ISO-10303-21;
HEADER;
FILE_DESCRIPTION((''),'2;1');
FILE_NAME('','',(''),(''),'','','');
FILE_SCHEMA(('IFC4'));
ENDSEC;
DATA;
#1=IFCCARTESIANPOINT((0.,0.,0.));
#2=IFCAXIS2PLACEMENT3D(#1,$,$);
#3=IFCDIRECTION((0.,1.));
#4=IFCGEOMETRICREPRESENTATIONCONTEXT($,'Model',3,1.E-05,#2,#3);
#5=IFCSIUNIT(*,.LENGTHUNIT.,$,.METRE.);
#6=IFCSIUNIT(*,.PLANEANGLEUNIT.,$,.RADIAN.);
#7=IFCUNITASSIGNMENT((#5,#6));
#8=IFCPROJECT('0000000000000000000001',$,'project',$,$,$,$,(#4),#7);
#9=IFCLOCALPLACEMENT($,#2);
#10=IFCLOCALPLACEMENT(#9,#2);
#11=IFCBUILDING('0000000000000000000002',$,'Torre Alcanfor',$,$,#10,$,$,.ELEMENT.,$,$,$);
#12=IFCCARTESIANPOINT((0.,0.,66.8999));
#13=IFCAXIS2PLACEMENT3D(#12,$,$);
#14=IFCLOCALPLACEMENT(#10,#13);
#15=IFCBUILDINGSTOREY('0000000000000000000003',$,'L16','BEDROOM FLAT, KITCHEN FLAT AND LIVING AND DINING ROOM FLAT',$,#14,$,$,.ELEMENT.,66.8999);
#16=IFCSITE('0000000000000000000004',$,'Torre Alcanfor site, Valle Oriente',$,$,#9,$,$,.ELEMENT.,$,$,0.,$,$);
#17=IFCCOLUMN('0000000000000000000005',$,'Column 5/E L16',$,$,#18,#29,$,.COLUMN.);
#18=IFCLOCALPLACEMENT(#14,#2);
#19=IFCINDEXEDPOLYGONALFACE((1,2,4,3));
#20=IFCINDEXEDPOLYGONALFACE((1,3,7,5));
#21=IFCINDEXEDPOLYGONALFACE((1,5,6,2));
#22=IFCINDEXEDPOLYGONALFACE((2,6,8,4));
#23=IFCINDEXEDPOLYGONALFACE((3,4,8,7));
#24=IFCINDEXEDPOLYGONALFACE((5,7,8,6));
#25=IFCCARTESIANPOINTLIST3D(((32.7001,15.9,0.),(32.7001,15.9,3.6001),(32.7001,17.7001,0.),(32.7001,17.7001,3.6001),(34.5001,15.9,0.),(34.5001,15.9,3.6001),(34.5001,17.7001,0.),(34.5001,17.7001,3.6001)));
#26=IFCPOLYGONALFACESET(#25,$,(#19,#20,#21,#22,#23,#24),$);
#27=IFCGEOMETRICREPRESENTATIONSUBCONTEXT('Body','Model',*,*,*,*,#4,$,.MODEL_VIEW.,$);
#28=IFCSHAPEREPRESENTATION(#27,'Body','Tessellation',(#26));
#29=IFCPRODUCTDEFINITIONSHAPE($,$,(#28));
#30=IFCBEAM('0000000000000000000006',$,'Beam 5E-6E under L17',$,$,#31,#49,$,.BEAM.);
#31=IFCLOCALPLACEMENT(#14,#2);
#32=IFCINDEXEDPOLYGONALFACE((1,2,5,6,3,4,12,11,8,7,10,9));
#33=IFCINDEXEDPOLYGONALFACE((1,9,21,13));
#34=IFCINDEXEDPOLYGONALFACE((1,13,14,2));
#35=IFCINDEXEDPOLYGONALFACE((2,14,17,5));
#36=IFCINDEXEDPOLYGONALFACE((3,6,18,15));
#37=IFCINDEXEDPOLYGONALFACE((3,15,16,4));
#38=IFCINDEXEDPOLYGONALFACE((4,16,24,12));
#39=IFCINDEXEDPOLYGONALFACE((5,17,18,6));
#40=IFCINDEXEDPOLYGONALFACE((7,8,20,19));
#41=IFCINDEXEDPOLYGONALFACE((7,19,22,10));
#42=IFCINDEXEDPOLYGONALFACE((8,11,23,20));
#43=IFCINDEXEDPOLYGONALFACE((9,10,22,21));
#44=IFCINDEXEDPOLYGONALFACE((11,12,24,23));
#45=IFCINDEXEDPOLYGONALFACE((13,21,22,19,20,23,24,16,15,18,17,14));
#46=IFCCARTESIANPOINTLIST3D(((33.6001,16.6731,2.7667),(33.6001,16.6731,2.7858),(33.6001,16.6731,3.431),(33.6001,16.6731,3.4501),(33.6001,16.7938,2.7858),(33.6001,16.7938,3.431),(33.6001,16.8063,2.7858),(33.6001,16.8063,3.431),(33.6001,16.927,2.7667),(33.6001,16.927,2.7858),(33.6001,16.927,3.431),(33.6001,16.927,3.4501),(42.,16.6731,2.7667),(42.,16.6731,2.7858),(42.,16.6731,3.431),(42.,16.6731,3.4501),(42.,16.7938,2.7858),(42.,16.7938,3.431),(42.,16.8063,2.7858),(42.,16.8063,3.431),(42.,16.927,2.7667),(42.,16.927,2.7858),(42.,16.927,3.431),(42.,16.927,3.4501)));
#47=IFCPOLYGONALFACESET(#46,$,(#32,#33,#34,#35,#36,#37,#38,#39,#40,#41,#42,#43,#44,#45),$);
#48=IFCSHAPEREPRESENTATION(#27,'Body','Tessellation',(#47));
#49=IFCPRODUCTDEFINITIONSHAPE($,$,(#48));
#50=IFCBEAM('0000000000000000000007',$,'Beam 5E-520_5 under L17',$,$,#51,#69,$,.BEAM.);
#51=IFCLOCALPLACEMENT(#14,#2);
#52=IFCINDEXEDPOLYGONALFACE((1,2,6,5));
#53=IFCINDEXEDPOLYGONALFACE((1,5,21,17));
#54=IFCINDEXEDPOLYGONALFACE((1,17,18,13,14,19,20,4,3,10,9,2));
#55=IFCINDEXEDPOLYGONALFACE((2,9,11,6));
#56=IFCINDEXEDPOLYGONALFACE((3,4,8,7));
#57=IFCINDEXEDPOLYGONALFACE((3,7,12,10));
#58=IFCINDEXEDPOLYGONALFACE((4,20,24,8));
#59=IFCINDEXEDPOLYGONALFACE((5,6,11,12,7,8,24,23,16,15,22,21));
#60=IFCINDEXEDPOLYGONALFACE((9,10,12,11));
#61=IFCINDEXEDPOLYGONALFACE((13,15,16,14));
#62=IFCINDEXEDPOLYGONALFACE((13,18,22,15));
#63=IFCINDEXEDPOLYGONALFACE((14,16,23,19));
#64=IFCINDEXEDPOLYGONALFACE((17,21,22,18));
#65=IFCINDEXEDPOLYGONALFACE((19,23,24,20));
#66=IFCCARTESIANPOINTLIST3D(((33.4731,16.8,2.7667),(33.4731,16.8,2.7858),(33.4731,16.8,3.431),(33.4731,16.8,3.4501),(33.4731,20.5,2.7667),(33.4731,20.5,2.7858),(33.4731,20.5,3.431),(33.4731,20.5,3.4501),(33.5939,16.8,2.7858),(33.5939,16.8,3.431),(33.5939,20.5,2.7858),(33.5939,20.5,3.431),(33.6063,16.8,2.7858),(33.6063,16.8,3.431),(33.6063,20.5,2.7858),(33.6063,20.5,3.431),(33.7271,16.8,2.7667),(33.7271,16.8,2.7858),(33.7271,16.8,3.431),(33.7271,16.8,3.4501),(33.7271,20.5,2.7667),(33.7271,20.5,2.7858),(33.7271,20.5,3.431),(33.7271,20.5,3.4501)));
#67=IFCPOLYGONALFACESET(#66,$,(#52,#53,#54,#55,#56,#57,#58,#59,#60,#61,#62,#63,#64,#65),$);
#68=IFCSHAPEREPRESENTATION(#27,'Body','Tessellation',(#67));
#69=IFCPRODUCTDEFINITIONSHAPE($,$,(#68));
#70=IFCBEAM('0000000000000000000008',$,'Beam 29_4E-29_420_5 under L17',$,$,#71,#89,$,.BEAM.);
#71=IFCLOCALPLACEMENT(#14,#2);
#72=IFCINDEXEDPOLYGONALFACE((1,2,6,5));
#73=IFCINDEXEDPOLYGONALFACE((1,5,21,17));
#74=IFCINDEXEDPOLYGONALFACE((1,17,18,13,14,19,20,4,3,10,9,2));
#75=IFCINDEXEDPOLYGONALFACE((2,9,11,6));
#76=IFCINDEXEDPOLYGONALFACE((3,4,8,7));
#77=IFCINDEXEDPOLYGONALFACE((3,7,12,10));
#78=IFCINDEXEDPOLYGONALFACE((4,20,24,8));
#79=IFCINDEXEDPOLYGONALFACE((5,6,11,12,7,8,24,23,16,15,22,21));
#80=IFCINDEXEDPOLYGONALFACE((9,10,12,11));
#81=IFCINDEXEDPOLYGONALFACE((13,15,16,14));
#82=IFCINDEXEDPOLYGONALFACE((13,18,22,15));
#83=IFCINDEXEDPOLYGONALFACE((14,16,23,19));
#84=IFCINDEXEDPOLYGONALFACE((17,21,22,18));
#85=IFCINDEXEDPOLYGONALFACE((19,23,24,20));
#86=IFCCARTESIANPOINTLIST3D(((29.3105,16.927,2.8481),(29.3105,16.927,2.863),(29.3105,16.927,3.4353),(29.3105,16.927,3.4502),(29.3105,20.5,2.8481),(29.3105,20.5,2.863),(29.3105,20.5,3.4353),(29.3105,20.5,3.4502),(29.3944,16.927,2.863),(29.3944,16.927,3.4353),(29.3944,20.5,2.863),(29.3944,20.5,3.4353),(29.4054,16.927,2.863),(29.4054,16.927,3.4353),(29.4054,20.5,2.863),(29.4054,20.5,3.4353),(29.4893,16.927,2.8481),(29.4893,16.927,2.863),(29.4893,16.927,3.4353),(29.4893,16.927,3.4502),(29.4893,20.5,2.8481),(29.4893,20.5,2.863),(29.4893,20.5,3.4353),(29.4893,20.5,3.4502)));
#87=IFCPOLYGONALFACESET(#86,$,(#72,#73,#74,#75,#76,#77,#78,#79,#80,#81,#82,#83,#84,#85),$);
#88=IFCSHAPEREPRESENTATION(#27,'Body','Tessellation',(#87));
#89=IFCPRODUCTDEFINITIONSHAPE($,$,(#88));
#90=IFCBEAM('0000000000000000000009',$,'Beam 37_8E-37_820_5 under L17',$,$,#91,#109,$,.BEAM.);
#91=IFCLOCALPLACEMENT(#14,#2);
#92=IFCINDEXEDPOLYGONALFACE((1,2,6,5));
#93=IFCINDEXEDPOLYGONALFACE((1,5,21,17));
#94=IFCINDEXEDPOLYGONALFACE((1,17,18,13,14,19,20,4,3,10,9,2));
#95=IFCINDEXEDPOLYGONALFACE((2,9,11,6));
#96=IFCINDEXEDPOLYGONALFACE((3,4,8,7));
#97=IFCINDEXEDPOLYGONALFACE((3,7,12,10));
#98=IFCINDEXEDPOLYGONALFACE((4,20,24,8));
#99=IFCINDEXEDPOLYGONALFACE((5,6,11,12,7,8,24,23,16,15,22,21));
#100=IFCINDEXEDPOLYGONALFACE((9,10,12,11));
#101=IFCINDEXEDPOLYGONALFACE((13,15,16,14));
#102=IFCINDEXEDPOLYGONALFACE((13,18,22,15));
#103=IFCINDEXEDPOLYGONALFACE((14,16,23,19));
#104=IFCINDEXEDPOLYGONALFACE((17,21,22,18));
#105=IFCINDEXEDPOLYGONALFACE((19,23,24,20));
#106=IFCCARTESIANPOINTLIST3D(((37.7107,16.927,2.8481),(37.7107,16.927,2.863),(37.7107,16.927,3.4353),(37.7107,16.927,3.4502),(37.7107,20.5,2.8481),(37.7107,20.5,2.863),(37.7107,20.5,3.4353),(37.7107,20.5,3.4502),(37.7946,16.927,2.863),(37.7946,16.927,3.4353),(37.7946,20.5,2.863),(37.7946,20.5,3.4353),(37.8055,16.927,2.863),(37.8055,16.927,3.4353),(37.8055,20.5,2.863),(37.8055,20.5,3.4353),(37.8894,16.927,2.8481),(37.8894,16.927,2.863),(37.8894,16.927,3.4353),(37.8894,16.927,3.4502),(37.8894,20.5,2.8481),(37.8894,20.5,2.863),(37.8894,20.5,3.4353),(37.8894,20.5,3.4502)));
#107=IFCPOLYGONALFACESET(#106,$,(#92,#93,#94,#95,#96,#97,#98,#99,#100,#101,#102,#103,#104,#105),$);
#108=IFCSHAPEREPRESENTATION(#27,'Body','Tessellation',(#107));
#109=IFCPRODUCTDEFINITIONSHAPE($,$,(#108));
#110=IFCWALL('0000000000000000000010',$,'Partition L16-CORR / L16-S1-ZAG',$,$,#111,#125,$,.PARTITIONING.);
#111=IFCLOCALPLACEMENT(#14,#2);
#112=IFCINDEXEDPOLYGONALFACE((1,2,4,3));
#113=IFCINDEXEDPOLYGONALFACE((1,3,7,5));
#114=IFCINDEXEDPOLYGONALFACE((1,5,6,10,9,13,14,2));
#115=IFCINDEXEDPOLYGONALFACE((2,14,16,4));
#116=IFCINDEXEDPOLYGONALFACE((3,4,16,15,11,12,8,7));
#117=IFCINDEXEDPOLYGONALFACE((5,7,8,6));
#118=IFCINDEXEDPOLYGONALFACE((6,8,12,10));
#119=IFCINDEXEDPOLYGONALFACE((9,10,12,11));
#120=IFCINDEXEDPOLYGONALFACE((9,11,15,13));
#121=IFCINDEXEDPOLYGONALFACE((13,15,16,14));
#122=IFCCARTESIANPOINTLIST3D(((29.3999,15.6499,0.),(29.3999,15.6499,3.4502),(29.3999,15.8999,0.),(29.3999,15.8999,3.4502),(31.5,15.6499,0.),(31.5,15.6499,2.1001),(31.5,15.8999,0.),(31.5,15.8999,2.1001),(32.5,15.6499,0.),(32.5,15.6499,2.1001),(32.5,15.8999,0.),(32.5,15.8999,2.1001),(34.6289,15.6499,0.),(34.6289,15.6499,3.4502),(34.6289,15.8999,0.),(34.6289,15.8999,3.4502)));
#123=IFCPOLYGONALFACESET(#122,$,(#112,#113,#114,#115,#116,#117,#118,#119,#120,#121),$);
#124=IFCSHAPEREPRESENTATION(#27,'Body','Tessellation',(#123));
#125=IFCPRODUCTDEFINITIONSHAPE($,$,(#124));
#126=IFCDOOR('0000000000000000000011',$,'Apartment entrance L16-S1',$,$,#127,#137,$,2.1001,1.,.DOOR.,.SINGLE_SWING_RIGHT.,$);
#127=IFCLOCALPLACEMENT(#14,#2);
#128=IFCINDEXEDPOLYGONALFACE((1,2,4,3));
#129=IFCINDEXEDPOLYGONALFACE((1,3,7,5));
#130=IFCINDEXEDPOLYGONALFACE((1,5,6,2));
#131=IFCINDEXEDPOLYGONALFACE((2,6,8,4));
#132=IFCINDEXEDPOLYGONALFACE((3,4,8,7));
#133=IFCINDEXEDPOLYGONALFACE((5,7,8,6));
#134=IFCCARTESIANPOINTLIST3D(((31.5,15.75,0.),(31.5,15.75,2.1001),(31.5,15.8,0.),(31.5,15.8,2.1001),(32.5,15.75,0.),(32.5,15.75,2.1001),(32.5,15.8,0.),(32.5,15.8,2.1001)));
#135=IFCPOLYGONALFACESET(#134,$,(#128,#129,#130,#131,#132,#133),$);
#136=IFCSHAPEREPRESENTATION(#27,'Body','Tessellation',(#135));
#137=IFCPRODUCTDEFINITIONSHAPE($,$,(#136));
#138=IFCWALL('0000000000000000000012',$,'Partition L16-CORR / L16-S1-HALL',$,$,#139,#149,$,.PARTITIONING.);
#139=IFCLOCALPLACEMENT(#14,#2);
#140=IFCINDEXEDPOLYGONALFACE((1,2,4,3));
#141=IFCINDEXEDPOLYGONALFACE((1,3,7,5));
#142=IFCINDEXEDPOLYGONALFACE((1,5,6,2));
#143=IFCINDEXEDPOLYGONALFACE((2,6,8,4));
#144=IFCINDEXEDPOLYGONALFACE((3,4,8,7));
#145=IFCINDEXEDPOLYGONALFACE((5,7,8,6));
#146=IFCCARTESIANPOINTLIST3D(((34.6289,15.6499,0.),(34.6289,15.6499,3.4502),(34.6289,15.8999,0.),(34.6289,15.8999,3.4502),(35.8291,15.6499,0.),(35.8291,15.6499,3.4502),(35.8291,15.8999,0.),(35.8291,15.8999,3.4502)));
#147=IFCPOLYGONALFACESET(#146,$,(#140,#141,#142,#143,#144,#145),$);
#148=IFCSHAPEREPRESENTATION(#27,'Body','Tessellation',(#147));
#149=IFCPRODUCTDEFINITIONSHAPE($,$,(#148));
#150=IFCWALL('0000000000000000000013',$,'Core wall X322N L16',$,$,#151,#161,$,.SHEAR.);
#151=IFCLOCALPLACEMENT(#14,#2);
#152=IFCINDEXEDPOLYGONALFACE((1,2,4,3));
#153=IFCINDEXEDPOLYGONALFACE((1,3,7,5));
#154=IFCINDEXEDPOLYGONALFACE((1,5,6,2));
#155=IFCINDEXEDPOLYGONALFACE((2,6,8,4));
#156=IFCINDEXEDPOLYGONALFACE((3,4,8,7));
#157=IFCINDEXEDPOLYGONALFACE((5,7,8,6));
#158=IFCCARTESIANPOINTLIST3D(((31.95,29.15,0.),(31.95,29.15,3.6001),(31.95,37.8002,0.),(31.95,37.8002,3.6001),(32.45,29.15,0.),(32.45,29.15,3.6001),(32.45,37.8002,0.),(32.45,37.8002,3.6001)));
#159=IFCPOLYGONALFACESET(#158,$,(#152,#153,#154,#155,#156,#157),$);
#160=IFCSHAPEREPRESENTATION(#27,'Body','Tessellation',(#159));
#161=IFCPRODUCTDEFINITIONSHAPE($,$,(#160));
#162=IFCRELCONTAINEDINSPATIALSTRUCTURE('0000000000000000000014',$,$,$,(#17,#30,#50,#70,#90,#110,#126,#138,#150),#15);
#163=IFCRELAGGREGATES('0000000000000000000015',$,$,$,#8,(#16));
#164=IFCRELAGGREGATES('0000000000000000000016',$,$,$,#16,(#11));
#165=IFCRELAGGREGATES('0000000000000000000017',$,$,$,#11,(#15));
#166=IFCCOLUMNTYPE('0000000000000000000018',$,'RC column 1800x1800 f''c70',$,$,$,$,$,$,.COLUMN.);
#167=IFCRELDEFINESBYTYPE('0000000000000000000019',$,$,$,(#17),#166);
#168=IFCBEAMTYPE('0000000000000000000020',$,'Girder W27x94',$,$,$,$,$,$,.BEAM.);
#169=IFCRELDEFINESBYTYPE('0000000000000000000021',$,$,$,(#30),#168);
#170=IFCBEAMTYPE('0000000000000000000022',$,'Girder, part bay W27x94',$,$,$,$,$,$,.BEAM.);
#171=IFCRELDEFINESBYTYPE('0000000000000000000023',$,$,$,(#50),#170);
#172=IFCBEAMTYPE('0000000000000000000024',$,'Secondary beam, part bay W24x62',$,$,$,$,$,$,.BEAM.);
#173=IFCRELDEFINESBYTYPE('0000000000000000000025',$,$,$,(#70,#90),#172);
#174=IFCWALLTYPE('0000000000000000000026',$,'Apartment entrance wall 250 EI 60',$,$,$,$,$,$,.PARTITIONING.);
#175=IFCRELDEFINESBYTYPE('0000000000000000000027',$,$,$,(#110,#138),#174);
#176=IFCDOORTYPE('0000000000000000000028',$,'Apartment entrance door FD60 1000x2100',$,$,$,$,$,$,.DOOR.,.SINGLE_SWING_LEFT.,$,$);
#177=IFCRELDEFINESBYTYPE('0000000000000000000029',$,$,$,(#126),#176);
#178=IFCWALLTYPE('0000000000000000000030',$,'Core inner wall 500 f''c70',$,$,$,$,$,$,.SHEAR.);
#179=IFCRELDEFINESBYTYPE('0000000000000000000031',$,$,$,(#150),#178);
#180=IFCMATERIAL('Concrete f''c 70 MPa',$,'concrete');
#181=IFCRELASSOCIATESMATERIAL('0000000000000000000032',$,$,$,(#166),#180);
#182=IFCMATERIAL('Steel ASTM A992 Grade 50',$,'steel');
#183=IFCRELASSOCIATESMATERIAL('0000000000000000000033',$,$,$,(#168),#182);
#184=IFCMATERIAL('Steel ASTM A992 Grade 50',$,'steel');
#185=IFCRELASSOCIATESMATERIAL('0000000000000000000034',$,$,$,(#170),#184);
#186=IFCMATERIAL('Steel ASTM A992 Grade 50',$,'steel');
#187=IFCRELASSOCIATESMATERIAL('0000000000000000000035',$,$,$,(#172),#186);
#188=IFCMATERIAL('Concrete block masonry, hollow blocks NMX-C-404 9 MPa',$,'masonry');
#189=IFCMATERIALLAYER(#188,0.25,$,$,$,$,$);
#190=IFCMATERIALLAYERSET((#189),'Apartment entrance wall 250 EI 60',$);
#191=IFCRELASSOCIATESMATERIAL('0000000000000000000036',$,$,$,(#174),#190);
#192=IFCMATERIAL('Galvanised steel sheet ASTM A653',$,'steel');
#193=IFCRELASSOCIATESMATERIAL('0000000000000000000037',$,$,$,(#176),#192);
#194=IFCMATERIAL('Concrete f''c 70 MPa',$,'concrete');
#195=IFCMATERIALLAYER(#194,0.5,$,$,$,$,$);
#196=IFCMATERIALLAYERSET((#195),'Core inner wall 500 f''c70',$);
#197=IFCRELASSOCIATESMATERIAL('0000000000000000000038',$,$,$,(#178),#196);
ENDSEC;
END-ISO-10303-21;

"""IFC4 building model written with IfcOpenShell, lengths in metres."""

from ifc_helpers import new_model, si_unit, direction, frame, frame_2d, origin, origin_2d, place, context, subcontext, project, spatial, rectangle, i_section, extrude, material, layer, layer_set, material_profile, profile_set, type_object, element, fill, save


model = new_model("IFC4")

# Units and contexts
model_context = context("Model", 3, precision=1e-05, world=origin(), true_north=direction((0.0, 1.0)))
body_context = subcontext(model_context, "Body", "Model", "MODEL_VIEW")
ifc_project = project(units=[si_unit("LENGTHUNIT", "METRE"), si_unit("PLANEANGLEUNIT", "RADIAN")], contexts=[model_context])

# Site, building, storey
site_placement = place(None, origin())
site = spatial("IfcSite", under=ifc_project, at=site_placement, Name="Torre Alcanfor site, Valle Oriente", CompositionType="ELEMENT", RefElevation=0.0)
building_placement = place(site_placement, origin())
building = spatial("IfcBuilding", under=site, at=building_placement, Name="Torre Alcanfor", CompositionType="ELEMENT")
storey_placement = place(building_placement, frame((0.0, 0.0, 66.8999)))
storey = spatial("IfcBuildingStorey", under=building, at=storey_placement, Name="L16", Description="BEDROOM FLAT, KITCHEN FLAT AND LIVING AND DINING ROOM FLAT", CompositionType="ELEMENT", Elevation=66.8999)

# Column
ifc_material_1 = material(Name="Concrete f'c 70 MPa", Category="concrete")
ifc_material_profile_1 = material_profile(ifc_material_1, rectangle(XDim=1.8, YDim=1.8, at=origin_2d()), Name="1800x1800")
ifc_profile_set_1 = profile_set([ifc_material_profile_1], Name="Concrete f'c 70 MPa")
column_type = type_object("IfcColumnType", Name="RC column 1800x1800 f'c70", PredefinedType="COLUMN", material=ifc_profile_set_1)
column_placement = place(storey_placement, frame((33.6001, 16.8, 0.0), z_axis=(0.0, 0.0, 1.0), x_axis=(1.0, 0.0, 0.0)))
element("IfcColumn", 1, at=column_placement, inside=storey, type_object=column_type, Name="Column 5/E L16", PredefinedType="COLUMN", context=body_context, shape_type="SweptSolid", body=[
    extrude(rectangle(XDim=1.8, YDim=1.8, at=origin_2d()), origin(), (0.0, 0.0, 1.0), 3.6001),
])

# Beams
ifc_material_2 = material(Name="Steel ASTM A992 Grade 50", Category="steel")
ifc_material_profile_2 = material_profile(ifc_material_2, i_section(OverallWidth=0.2539, OverallDepth=0.6833, WebThickness=0.0125, FlangeThickness=0.019, at=origin_2d()), Name="W27x94")
ifc_profile_set_2 = profile_set([ifc_material_profile_2], Name="Steel ASTM A992 Grade 50")
beam_type_1 = type_object("IfcBeamType", Name="Girder W27x94", PredefinedType="BEAM", material=ifc_profile_set_2)
beam_1_placement = place(storey_placement, frame((33.6001, 16.8, 3.1084), z_axis=(1.0, 0.0, 0.0), x_axis=(0.0, 1.0, 0.0)))
element("IfcBeam", 2, at=beam_1_placement, inside=storey, type_object=beam_type_1, Name="Beam 5E-6E under L17", PredefinedType="BEAM", context=body_context, shape_type="SweptSolid", body=[
    extrude(i_section(OverallWidth=0.2539, OverallDepth=0.6833, WebThickness=0.0125, FlangeThickness=0.019, at=origin_2d()), origin(), (0.0, 0.0, 1.0), 8.3999),
])
ifc_material_3 = material(Name="Steel ASTM A992 Grade 50", Category="steel")
ifc_material_profile_3 = material_profile(ifc_material_3, i_section(OverallWidth=0.2539, OverallDepth=0.6833, WebThickness=0.0125, FlangeThickness=0.019, at=origin_2d()), Name="W27x94")
ifc_profile_set_3 = profile_set([ifc_material_profile_3], Name="Steel ASTM A992 Grade 50")
beam_type_2 = type_object("IfcBeamType", Name="Girder, part bay W27x94", PredefinedType="BEAM", material=ifc_profile_set_3)
beam_2_placement = place(storey_placement, frame((33.6001, 16.8, 3.1084), z_axis=(0.0, 1.0, 0.0), x_axis=(-1.0, 0.0, 0.0)))
element("IfcBeam", 3, at=beam_2_placement, inside=storey, type_object=beam_type_2, Name="Beam 5E-520_5 under L17", PredefinedType="BEAM", context=body_context, shape_type="SweptSolid", body=[
    extrude(i_section(OverallWidth=0.2539, OverallDepth=0.6833, WebThickness=0.0125, FlangeThickness=0.019, at=origin_2d()), origin(), (0.0, 0.0, 1.0), 3.7),
])
ifc_material_4 = material(Name="Steel ASTM A992 Grade 50", Category="steel")
ifc_material_profile_4 = material_profile(ifc_material_4, i_section(OverallWidth=0.1787, OverallDepth=0.6021, WebThickness=0.011, FlangeThickness=0.0149, at=origin_2d()), Name="W24x62")
ifc_profile_set_4 = profile_set([ifc_material_profile_4], Name="Steel ASTM A992 Grade 50")
beam_type_3 = type_object("IfcBeamType", Name="Secondary beam, part bay W24x62", PredefinedType="BEAM", material=ifc_profile_set_4)
for number, where, z_axis, x_axis, name in (
    (4, (29.3999, 16.927, 3.1492), (0.0, 1.0, 0.0), (-1.0, 0.0, 0.0), "Beam 29_4E-29_420_5 under L17"),
    (5, (37.8, 16.927, 3.1492), (0.0, 1.0, 0.0), (-1.0, 0.0, 0.0), "Beam 37_8E-37_820_5 under L17"),
):
    element("IfcBeam", number, at=place(storey_placement, frame(where, z_axis=z_axis, x_axis=x_axis)), inside=storey, type_object=beam_type_3, Name=name, PredefinedType="BEAM", context=body_context, shape_type="SweptSolid", body=[
        extrude(i_section(OverallWidth=0.1787, OverallDepth=0.6021, WebThickness=0.011, FlangeThickness=0.0149, at=origin_2d()), origin(), (0.0, 0.0, 1.0), 3.573),
    ])

# Wall, opening, door
ifc_material_5 = material(Name="Concrete block masonry, hollow blocks NMX-C-404 9 MPa", Category="masonry")
ifc_layer_1 = layer(ifc_material_5, 0.25)
ifc_layer_set_1 = layer_set([ifc_layer_1], Name="Apartment entrance wall 250 EI 60")
wall_type_1 = type_object("IfcWallType", Name="Apartment entrance wall 250 EI 60", PredefinedType="PARTITIONING", material=ifc_layer_set_1)
wall_1_placement = place(storey_placement, frame((34.6289, 15.7749, 0.0), z_axis=(0.0, 0.0, 1.0), x_axis=(-1.0, 0.0, 0.0)))
wall_1 = element("IfcWall", 6, at=wall_1_placement, inside=storey, type_object=wall_type_1, Name="Partition L16-CORR / L16-S1-ZAG", PredefinedType="PARTITIONING", context=body_context, shape_type="SweptSolid", body=[
    extrude(rectangle(XDim=5.229, YDim=0.25, at=frame_2d((2.6145, 0.0))), origin(), (0.0, 0.0, 1.0), 3.4502),
])
opening_1_placement = place(wall_1_placement, frame((2.1289, 0.0, 0.0)))
opening_1 = element("IfcOpeningElement", 7, at=opening_1_placement, cuts=wall_1, PredefinedType="OPENING", context=body_context, shape_type="SweptSolid", body=[
    extrude(rectangle(XDim=1.0, YDim=2.1001, at=frame_2d((0.5, 1.05))), frame((0.0, 0.135, 0.0), z_axis=(0.0, -1.0, 0.0), x_axis=(1.0, 0.0, 0.0)), (0.0, 0.0, 1.0), 0.27),
])
ifc_material_6 = material(Name="Galvanised steel sheet ASTM A653", Category="steel")
door_type_1 = type_object("IfcDoorType", Name="Apartment entrance door FD60 1000x2100", OperationType="SINGLE_SWING_LEFT", PredefinedType="DOOR", material=ifc_material_6)
door_1_placement = place(opening_1_placement, origin())
door_1 = element("IfcDoor", 8, at=door_1_placement, inside=storey, type_object=door_type_1, Name="Apartment entrance L16-S1", OperationType="SINGLE_SWING_RIGHT", OverallHeight=2.1001, OverallWidth=1.0, PredefinedType="DOOR", context=body_context, shape_type="SweptSolid", body=[
    extrude(rectangle(XDim=1.0, YDim=2.1001, at=frame_2d((0.5, 1.05))), frame((0.0, 0.0249, 0.0), z_axis=(0.0, -1.0, 0.0), x_axis=(1.0, 0.0, 0.0)), (0.0, 0.0, 1.0), 0.05),
])
fill(opening_1, door_1)

# Walls
wall_2_placement = place(storey_placement, frame((35.8291, 15.7749, 0.0), z_axis=(0.0, 0.0, 1.0), x_axis=(-1.0, 0.0, 0.0)))
element("IfcWall", 9, at=wall_2_placement, inside=storey, type_object=wall_type_1, Name="Partition L16-CORR / L16-S1-HALL", PredefinedType="PARTITIONING", context=body_context, shape_type="SweptSolid", body=[
    extrude(rectangle(XDim=1.2002, YDim=0.25, at=frame_2d((0.6001, 0.0))), origin(), (0.0, 0.0, 1.0), 3.4502),
])
ifc_material_7 = material(Name="Concrete f'c 70 MPa", Category="concrete")
ifc_layer_2 = layer(ifc_material_7, 0.5)
ifc_layer_set_2 = layer_set([ifc_layer_2], Name="Core inner wall 500 f'c70")
wall_type_2 = type_object("IfcWallType", Name="Core inner wall 500 f'c70", PredefinedType="SHEAR", material=ifc_layer_set_2)
wall_3_placement = place(storey_placement, frame((32.2, 29.1499, 0.0), z_axis=(0.0, 0.0, 1.0), x_axis=(0.0, 1.0, 0.0)))
element("IfcWall", 10, at=wall_3_placement, inside=storey, type_object=wall_type_2, Name="Core wall X322N L16", PredefinedType="SHEAR", context=body_context, shape_type="SweptSolid", body=[
    extrude(rectangle(XDim=8.6501, YDim=0.5, at=frame_2d((4.3252, 0.0))), origin(), (0.0, 0.0, 1.0), 3.6001),
])

save(model, "model.ifc")
